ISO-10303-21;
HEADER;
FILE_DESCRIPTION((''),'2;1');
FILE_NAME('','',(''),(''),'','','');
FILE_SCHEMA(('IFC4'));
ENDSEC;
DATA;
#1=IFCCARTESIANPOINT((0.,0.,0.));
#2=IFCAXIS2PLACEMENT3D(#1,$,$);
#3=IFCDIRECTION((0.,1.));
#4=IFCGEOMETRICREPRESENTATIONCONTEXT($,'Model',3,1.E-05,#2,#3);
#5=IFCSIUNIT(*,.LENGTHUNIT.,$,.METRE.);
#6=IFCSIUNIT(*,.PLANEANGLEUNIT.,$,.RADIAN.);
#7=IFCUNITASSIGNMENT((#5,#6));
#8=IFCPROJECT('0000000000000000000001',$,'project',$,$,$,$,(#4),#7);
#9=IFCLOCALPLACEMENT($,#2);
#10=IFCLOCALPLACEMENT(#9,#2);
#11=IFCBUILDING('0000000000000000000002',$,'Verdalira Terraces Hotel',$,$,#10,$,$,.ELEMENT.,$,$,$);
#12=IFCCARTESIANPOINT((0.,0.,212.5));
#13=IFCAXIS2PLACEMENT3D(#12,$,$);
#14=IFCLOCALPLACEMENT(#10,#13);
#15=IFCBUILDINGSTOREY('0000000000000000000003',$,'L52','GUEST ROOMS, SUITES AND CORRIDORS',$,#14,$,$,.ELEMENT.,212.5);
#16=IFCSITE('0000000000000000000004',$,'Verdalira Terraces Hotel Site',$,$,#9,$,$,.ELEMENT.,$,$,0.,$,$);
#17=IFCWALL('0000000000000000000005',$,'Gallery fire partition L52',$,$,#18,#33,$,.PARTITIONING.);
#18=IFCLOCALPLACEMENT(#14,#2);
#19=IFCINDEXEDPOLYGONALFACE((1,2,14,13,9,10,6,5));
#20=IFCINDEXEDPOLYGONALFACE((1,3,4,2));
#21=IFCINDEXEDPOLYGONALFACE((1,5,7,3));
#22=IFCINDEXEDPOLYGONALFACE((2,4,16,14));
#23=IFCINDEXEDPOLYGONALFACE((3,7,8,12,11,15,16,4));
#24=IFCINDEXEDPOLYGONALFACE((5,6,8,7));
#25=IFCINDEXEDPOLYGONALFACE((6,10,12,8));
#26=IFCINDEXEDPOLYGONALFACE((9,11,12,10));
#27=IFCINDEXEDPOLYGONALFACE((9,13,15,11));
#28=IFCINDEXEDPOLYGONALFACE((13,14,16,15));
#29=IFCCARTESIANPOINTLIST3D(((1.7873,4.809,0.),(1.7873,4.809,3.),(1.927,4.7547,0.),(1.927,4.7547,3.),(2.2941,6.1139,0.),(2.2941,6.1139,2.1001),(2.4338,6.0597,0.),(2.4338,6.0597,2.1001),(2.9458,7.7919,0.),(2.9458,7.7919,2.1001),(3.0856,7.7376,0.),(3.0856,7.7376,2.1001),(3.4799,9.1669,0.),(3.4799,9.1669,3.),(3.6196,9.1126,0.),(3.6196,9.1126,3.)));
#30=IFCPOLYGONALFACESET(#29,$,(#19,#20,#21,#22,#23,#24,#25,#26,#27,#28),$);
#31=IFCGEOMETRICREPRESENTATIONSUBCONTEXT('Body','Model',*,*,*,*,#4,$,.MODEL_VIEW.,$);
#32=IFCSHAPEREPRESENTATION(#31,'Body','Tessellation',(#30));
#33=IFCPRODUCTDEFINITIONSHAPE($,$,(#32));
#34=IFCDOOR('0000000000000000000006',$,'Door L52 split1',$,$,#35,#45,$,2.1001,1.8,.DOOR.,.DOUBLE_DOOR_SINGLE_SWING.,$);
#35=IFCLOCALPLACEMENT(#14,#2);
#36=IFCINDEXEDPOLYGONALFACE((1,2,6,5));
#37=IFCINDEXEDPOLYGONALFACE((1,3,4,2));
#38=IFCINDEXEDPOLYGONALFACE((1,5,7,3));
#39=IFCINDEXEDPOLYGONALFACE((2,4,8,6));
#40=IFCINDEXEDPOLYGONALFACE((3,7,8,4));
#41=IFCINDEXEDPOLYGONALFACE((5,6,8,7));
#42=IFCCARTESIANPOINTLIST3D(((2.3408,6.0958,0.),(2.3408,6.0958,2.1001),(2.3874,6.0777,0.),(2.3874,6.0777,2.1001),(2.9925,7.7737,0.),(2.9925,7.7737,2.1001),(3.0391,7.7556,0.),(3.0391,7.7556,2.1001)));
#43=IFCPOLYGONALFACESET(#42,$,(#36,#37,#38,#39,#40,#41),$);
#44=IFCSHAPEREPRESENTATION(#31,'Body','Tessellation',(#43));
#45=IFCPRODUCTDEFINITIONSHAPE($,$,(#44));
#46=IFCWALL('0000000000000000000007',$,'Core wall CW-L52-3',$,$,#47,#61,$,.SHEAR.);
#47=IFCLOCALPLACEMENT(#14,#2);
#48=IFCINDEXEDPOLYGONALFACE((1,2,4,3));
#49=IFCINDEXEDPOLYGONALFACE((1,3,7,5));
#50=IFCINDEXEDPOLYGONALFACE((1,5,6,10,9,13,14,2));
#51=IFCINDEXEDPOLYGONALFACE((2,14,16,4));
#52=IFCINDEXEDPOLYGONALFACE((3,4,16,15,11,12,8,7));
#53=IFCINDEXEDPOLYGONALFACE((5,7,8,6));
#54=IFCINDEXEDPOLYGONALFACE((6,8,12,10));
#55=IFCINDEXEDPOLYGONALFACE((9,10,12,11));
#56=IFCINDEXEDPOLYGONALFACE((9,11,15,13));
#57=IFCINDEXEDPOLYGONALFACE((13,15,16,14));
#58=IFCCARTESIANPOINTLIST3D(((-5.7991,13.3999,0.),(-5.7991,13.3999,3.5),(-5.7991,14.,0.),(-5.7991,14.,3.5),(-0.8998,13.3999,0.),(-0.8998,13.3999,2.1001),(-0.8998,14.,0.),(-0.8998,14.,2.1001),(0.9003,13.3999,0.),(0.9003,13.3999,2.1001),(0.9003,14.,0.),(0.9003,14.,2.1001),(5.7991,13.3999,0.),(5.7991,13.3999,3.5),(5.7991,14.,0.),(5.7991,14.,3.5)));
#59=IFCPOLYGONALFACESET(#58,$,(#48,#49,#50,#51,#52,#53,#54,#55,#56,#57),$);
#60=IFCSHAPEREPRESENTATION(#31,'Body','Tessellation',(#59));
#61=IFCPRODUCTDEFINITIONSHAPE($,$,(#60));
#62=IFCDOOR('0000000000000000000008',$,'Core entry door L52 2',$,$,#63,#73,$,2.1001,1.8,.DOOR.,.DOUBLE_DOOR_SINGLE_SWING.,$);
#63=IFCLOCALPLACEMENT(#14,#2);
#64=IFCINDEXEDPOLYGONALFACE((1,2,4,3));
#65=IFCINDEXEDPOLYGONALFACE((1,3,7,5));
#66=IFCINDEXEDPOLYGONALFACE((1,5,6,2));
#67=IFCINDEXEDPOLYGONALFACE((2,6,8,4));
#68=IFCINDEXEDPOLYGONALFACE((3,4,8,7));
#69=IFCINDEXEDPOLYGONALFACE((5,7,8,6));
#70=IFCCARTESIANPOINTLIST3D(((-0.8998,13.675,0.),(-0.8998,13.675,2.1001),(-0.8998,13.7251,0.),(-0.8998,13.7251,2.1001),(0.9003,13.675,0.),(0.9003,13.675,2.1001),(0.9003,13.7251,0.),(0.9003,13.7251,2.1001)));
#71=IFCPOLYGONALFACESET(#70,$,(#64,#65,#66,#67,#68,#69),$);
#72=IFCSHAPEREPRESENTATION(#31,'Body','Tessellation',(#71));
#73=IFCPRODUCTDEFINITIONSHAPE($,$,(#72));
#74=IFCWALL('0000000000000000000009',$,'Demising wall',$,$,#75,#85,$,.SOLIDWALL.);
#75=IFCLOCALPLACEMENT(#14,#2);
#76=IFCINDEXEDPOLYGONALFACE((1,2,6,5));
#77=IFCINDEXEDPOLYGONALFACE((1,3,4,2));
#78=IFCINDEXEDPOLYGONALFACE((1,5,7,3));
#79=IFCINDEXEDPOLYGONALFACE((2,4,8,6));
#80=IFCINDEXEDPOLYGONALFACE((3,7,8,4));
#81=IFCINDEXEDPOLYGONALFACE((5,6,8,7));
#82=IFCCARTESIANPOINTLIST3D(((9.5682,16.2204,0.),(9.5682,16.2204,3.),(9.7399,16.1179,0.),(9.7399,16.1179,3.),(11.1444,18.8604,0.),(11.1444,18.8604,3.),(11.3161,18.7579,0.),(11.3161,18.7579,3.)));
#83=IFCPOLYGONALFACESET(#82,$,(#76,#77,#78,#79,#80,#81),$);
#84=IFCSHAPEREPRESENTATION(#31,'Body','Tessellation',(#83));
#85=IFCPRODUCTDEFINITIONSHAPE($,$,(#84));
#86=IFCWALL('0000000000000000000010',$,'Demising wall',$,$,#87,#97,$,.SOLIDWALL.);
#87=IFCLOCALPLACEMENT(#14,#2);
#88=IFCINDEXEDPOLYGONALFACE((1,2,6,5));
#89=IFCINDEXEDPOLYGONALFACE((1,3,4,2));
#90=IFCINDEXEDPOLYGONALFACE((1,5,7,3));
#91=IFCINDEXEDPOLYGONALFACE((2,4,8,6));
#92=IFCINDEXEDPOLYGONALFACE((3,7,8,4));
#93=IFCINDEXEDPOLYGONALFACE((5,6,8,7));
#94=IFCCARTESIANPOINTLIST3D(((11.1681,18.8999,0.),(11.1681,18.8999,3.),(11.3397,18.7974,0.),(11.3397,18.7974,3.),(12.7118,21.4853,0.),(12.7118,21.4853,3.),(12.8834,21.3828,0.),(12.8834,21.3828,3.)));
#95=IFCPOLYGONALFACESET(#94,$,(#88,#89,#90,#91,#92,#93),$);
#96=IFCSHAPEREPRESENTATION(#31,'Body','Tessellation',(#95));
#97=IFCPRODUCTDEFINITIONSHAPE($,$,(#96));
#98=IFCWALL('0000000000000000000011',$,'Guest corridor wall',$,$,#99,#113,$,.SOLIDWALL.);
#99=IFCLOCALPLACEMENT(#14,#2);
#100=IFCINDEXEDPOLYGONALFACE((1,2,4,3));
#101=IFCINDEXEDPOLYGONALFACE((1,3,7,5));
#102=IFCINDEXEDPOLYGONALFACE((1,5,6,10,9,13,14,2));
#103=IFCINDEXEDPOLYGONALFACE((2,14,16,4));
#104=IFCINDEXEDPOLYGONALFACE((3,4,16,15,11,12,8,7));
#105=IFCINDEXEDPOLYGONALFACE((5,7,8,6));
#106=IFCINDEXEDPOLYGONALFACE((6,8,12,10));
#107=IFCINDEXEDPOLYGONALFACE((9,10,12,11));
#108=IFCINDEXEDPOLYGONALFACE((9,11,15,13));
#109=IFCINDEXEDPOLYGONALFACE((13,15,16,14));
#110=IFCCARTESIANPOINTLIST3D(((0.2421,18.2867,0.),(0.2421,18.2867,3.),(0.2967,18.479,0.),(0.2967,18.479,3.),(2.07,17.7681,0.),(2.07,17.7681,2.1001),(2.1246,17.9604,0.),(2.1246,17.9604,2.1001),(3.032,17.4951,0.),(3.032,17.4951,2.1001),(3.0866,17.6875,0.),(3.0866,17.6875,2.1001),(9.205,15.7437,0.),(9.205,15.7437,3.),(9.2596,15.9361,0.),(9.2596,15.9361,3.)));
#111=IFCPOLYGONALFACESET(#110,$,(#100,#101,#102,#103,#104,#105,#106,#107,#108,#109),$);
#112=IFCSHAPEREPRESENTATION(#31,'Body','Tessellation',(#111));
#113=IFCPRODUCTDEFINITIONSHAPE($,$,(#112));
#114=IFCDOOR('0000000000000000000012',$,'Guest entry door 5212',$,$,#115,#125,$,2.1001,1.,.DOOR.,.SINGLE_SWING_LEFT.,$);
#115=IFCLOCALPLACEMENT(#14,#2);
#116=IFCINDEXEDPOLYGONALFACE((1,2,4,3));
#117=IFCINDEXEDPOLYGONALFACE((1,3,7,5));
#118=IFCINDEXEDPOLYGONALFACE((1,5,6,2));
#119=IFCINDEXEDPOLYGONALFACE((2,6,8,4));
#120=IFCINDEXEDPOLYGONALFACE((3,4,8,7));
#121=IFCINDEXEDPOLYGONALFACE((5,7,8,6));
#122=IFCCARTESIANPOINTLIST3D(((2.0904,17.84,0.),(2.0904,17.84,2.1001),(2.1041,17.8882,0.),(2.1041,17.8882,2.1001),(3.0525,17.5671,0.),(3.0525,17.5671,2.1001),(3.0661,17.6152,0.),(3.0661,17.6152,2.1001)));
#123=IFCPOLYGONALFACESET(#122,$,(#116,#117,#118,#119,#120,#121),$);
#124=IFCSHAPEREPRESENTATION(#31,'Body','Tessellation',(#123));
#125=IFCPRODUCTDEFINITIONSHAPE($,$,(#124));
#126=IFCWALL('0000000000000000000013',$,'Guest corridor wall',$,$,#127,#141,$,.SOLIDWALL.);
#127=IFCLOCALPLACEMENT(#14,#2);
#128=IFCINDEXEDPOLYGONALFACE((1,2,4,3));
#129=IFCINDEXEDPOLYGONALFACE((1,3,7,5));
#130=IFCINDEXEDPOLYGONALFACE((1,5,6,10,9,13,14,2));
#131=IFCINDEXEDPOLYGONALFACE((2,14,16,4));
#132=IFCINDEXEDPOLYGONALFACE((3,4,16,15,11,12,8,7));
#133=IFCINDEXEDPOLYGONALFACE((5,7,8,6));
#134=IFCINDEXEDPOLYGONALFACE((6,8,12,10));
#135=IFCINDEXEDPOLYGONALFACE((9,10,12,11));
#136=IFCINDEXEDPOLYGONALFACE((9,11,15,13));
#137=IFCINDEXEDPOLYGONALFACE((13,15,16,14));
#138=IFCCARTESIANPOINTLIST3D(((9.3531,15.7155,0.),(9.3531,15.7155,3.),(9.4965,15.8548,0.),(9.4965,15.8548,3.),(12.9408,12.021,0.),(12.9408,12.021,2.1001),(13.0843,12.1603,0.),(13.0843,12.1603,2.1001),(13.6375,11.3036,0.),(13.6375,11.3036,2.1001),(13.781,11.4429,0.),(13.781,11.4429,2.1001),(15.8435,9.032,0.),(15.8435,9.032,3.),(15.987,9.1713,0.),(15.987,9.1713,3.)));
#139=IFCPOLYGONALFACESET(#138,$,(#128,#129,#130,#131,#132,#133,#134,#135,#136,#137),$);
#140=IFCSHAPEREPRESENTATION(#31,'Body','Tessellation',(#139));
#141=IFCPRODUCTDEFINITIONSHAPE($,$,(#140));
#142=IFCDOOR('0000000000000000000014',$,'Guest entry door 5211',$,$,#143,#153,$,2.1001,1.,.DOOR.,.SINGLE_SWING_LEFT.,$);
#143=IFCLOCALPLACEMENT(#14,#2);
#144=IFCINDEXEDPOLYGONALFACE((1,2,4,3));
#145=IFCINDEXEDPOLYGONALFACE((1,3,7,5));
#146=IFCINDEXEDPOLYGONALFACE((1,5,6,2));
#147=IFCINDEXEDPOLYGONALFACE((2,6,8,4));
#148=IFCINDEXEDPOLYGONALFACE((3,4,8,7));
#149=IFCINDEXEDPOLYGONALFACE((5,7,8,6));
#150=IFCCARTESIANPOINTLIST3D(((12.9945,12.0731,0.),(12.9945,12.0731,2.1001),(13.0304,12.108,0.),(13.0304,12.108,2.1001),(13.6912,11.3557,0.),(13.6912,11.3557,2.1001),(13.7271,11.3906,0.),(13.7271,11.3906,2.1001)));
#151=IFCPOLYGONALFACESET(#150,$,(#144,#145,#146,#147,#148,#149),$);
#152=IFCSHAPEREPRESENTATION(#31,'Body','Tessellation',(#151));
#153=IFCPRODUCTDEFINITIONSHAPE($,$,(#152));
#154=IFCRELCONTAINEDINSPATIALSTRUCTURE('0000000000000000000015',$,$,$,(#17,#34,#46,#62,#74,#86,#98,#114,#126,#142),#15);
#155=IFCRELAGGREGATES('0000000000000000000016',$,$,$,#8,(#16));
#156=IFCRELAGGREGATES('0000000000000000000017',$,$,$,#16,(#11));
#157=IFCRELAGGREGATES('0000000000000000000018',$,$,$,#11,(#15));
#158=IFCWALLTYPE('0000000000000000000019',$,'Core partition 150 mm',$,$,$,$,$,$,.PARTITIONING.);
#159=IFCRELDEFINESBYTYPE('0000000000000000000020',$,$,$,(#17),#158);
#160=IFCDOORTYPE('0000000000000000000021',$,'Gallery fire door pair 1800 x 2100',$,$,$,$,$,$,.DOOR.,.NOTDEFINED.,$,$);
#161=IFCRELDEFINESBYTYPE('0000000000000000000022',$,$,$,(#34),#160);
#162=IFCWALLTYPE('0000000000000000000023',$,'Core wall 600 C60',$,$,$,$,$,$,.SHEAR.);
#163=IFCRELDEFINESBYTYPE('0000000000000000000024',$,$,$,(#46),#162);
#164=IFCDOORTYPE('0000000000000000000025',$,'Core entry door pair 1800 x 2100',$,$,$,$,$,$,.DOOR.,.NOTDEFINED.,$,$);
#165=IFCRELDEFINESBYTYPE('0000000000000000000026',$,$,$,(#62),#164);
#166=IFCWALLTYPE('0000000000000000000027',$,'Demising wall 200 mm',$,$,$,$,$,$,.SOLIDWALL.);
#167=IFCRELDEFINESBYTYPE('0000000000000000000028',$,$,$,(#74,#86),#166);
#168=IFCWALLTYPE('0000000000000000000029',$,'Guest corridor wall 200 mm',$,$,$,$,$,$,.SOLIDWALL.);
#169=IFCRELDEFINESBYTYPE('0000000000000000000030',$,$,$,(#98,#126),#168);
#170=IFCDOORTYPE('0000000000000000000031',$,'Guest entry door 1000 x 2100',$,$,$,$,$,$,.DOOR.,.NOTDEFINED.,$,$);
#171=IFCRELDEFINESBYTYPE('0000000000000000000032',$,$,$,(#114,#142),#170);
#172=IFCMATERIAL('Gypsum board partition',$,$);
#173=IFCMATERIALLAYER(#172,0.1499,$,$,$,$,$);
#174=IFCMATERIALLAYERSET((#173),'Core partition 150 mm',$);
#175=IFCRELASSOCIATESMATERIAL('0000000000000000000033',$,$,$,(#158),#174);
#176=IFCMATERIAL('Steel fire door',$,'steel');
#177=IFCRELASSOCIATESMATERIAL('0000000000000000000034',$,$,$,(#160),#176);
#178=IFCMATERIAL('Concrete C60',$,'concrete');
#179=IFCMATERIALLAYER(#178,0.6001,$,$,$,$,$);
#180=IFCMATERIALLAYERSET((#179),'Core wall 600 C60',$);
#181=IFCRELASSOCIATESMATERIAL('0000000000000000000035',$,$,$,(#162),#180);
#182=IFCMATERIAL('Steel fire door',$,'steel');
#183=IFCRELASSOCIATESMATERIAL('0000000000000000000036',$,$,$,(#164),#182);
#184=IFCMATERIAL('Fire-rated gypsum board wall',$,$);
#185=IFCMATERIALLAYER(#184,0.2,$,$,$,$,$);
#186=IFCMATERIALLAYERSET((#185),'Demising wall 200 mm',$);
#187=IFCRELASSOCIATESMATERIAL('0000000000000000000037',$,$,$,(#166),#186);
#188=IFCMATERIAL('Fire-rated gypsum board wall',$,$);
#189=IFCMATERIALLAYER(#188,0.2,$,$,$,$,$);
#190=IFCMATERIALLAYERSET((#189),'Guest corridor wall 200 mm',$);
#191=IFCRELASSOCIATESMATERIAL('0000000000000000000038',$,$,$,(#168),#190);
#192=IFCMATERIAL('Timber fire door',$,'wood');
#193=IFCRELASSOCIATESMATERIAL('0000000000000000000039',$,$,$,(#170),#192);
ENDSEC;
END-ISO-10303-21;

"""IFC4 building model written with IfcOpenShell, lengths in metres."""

from ifc_helpers import new_model, si_unit, direction, frame, frame_2d, origin, place, context, subcontext, project, spatial, rectangle, extrude, material, layer, layer_set, type_object, element, fill, save


model = new_model("IFC4")

# Units and contexts
model_context = context("Model", 3, precision=1e-05, world=origin(), true_north=direction((0.0, 1.0)))
body_context = subcontext(model_context, "Body", "Model", "MODEL_VIEW")
ifc_project = project(units=[si_unit("LENGTHUNIT", "METRE"), si_unit("PLANEANGLEUNIT", "RADIAN")], contexts=[model_context])

# Site, building, storey
site_placement = place(None, origin())
site = spatial("IfcSite", under=ifc_project, at=site_placement, Name="Verdalira Terraces Hotel Site", CompositionType="ELEMENT", RefElevation=0.0)
building_placement = place(site_placement, origin())
building = spatial("IfcBuilding", under=site, at=building_placement, Name="Verdalira Terraces Hotel", CompositionType="ELEMENT")
storey_placement = place(building_placement, frame((0.0, 0.0, 212.5)))
storey = spatial("IfcBuildingStorey", under=building, at=storey_placement, Name="L52", Description="GUEST ROOMS, SUITES AND CORRIDORS", CompositionType="ELEMENT", Elevation=212.5)

# Walls, openings, doors
ifc_material_1 = material(Name="Gypsum board partition")
ifc_layer_1 = layer(ifc_material_1, 0.1499)
ifc_layer_set_1 = layer_set([ifc_layer_1], Name="Core partition 150 mm")
wall_type_1 = type_object("IfcWallType", Name="Core partition 150 mm", PredefinedType="PARTITIONING", material=ifc_layer_set_1)
wall_1_placement = place(storey_placement, frame((1.8572, 4.782, 0.0), z_axis=(0.0, 0.0, 1.0), x_axis=(0.362053, 0.932157, 0.0)))
wall_1 = element("IfcWall", 1, at=wall_1_placement, inside=storey, type_object=wall_type_1, Name="Gallery fire partition L52", PredefinedType="PARTITIONING", context=body_context, shape_type="SweptSolid", body=[
    extrude(rectangle(XDim=4.675, YDim=0.1499, at=frame_2d((2.3374, 0.0))), origin(), (0.0, 0.0, 1.0), 3.0),
])
opening_1_placement = place(wall_1_placement, frame((1.3999, 0.0, 0.0)))
opening_1 = element("IfcOpeningElement", 2, at=opening_1_placement, cuts=wall_1, PredefinedType="OPENING", context=body_context, shape_type="SweptSolid", body=[
    extrude(rectangle(XDim=1.8, YDim=2.1001, at=frame_2d((0.8999, 1.05))), frame((0.0, 0.085, 0.0), z_axis=(0.0, -1.0, 0.0), x_axis=(1.0, 0.0, 0.0)), (0.0, 0.0, 1.0), 0.1699),
])
ifc_material_2 = material(Name="Steel fire door", Category="steel")
door_type_1 = type_object("IfcDoorType", Name="Gallery fire door pair 1800 x 2100", OperationType="NOTDEFINED", PredefinedType="DOOR", material=ifc_material_2)
door_1_placement = place(opening_1_placement, origin())
door_1 = element("IfcDoor", 3, at=door_1_placement, inside=storey, type_object=door_type_1, Name="Door L52 split1", OperationType="DOUBLE_DOOR_SINGLE_SWING", OverallHeight=2.1001, OverallWidth=1.8, PredefinedType="DOOR", context=body_context, shape_type="SweptSolid", body=[
    extrude(rectangle(XDim=1.8, YDim=2.1001, at=frame_2d((0.8999, 1.05))), frame((0.0, 0.0249, 0.0), z_axis=(0.0, -1.0, 0.0), x_axis=(1.0, 0.0, 0.0)), (0.0, 0.0, 1.0), 0.05),
])
fill(opening_1, door_1)
ifc_material_3 = material(Name="Concrete C60", Category="concrete")
ifc_layer_2 = layer(ifc_material_3, 0.6001)
ifc_layer_set_2 = layer_set([ifc_layer_2], Name="Core wall 600 C60")
wall_type_2 = type_object("IfcWallType", Name="Core wall 600 C60", PredefinedType="SHEAR", material=ifc_layer_set_2)
wall_2_placement = place(storey_placement, frame((5.7991, 13.7, 0.0), z_axis=(0.0, 0.0, 1.0), x_axis=(-1.0, 0.0, 0.0)))
wall_2 = element("IfcWall", 4, at=wall_2_placement, inside=storey, type_object=wall_type_2, Name="Core wall CW-L52-3", PredefinedType="SHEAR", context=body_context, shape_type="SweptSolid", body=[
    extrude(rectangle(XDim=11.5981, YDim=0.6001, at=frame_2d((5.7991, 0.0))), origin(), (0.0, 0.0, 1.0), 3.5),
])
opening_2_placement = place(wall_2_placement, frame((4.8989, 0.0, 0.0)))
opening_2 = element("IfcOpeningElement", 5, at=opening_2_placement, cuts=wall_2, PredefinedType="OPENING", context=body_context, shape_type="SweptSolid", body=[
    extrude(rectangle(XDim=1.8, YDim=2.1001, at=frame_2d((0.8999, 1.05))), frame((0.0, 0.3101, 0.0), z_axis=(0.0, -1.0, 0.0), x_axis=(1.0, 0.0, 0.0)), (0.0, 0.0, 1.0), 0.6201),
])
ifc_material_4 = material(Name="Steel fire door", Category="steel")
door_type_2 = type_object("IfcDoorType", Name="Core entry door pair 1800 x 2100", OperationType="NOTDEFINED", PredefinedType="DOOR", material=ifc_material_4)
door_2_placement = place(opening_2_placement, origin())
door_2 = element("IfcDoor", 6, at=door_2_placement, inside=storey, type_object=door_type_2, Name="Core entry door L52 2", OperationType="DOUBLE_DOOR_SINGLE_SWING", OverallHeight=2.1001, OverallWidth=1.8, PredefinedType="DOOR", context=body_context, shape_type="SweptSolid", body=[
    extrude(rectangle(XDim=1.8, YDim=2.1001, at=frame_2d((0.8999, 1.05))), frame((0.0, 0.0249, 0.0), z_axis=(0.0, -1.0, 0.0), x_axis=(1.0, 0.0, 0.0)), (0.0, 0.0, 1.0), 0.05),
])
fill(opening_2, door_2)

# Walls
ifc_material_5 = material(Name="Fire-rated gypsum board wall")
ifc_layer_3 = layer(ifc_material_5, 0.2)
ifc_layer_set_3 = layer_set([ifc_layer_3], Name="Demising wall 200 mm")
wall_type_3 = type_object("IfcWallType", Name="Demising wall 200 mm", PredefinedType="SOLIDWALL", material=ifc_layer_set_3)
wall_3_placement = place(storey_placement, frame((9.6541, 16.1692, 0.0), z_axis=(0.0, 0.0, 1.0), x_axis=(0.512638, 0.858605, 0.0)))
element("IfcWall", 7, at=wall_3_placement, inside=storey, type_object=wall_type_3, Name="Demising wall", PredefinedType="SOLIDWALL", context=body_context, shape_type="SweptSolid", body=[
    extrude(rectangle(XDim=3.0747, YDim=0.2, at=frame_2d((1.5374, 0.0))), origin(), (0.0, 0.0, 1.0), 3.0),
])
wall_4_placement = place(storey_placement, frame((11.2539, 18.8486, 0.0), z_axis=(0.0, 0.0, 1.0), x_axis=(0.512646, 0.8586, 0.0)))
element("IfcWall", 8, at=wall_4_placement, inside=storey, type_object=wall_type_3, Name="Demising wall", PredefinedType="SOLIDWALL", context=body_context, shape_type="SweptSolid", body=[
    extrude(rectangle(XDim=3.0112, YDim=0.2, at=frame_2d((1.5056, 0.0))), origin(), (0.0, 0.0, 1.0), 3.0),
])

# Walls, openings, doors
ifc_material_6 = material(Name="Fire-rated gypsum board wall")
ifc_layer_4 = layer(ifc_material_6, 0.2)
ifc_layer_set_4 = layer_set([ifc_layer_4], Name="Guest corridor wall 200 mm")
wall_type_4 = type_object("IfcWallType", Name="Guest corridor wall 200 mm", PredefinedType="SOLIDWALL", material=ifc_layer_set_4)
wall_5_placement = place(storey_placement, frame((0.2695, 18.3828, 0.0), z_axis=(0.0, 0.0, 1.0), x_axis=(0.962029, -0.272949, 0.0)))
wall_5 = element("IfcWall", 9, at=wall_5_placement, inside=storey, type_object=wall_type_4, Name="Guest corridor wall", PredefinedType="SOLIDWALL", context=body_context, shape_type="SweptSolid", body=[
    extrude(rectangle(XDim=9.3166, YDim=0.2, at=frame_2d((4.6582, 0.0))), origin(), (0.0, 0.0, 1.0), 3.0),
])
opening_3_placement = place(wall_5_placement, frame((1.8999, 0.0, 0.0)))
opening_3 = element("IfcOpeningElement", 10, at=opening_3_placement, cuts=wall_5, PredefinedType="OPENING", context=body_context, shape_type="SweptSolid", body=[
    extrude(rectangle(XDim=1.0, YDim=2.1001, at=frame_2d((0.5, 1.05))), frame((0.0, 0.1099, 0.0), z_axis=(0.0, -1.0, 0.0), x_axis=(1.0, 0.0, 0.0)), (0.0, 0.0, 1.0), 0.22),
])
ifc_material_7 = material(Name="Timber fire door", Category="wood")
door_type_3 = type_object("IfcDoorType", Name="Guest entry door 1000 x 2100", OperationType="NOTDEFINED", PredefinedType="DOOR", material=ifc_material_7)
door_3_placement = place(opening_3_placement, origin())
door_3 = element("IfcDoor", 11, at=door_3_placement, inside=storey, type_object=door_type_3, Name="Guest entry door 5212", OperationType="SINGLE_SWING_LEFT", OverallHeight=2.1001, OverallWidth=1.0, PredefinedType="DOOR", context=body_context, shape_type="SweptSolid", body=[
    extrude(rectangle(XDim=1.0, YDim=2.1001, at=frame_2d((0.5, 1.05))), frame((0.0, 0.0249, 0.0), z_axis=(0.0, -1.0, 0.0), x_axis=(1.0, 0.0, 0.0)), (0.0, 0.0, 1.0), 0.05),
])
fill(opening_3, door_3)
wall_6_placement = place(storey_placement, frame((9.4248, 15.7852, 0.0), z_axis=(0.0, 0.0, 1.0), x_axis=(0.696667, -0.717395, 0.0)))
wall_6 = element("IfcWall", 12, at=wall_6_placement, inside=storey, type_object=wall_type_4, Name="Guest corridor wall", PredefinedType="SOLIDWALL", context=body_context, shape_type="SweptSolid", body=[
    extrude(rectangle(XDim=9.3164, YDim=0.2, at=frame_2d((4.6582, 0.0))), origin(), (0.0, 0.0, 1.0), 3.0),
])
opening_4_placement = place(wall_6_placement, frame((5.1499, 0.0, 0.0)))
opening_4 = element("IfcOpeningElement", 13, at=opening_4_placement, cuts=wall_6, PredefinedType="OPENING", context=body_context, shape_type="SweptSolid", body=[
    extrude(rectangle(XDim=1.0, YDim=2.1001, at=frame_2d((0.5, 1.05))), frame((0.0, 0.1099, 0.0), z_axis=(0.0, -1.0, 0.0), x_axis=(1.0, 0.0, 0.0)), (0.0, 0.0, 1.0), 0.22),
])
door_4_placement = place(opening_4_placement, origin())
door_4 = element("IfcDoor", 14, at=door_4_placement, inside=storey, type_object=door_type_3, Name="Guest entry door 5211", OperationType="SINGLE_SWING_LEFT", OverallHeight=2.1001, OverallWidth=1.0, PredefinedType="DOOR", context=body_context, shape_type="SweptSolid", body=[
    extrude(rectangle(XDim=1.0, YDim=2.1001, at=frame_2d((0.5, 1.05))), frame((0.0, 0.0249, 0.0), z_axis=(0.0, -1.0, 0.0), x_axis=(1.0, 0.0, 0.0)), (0.0, 0.0, 1.0), 0.05),
])
fill(opening_4, door_4)

save(model, "model.ifc")
